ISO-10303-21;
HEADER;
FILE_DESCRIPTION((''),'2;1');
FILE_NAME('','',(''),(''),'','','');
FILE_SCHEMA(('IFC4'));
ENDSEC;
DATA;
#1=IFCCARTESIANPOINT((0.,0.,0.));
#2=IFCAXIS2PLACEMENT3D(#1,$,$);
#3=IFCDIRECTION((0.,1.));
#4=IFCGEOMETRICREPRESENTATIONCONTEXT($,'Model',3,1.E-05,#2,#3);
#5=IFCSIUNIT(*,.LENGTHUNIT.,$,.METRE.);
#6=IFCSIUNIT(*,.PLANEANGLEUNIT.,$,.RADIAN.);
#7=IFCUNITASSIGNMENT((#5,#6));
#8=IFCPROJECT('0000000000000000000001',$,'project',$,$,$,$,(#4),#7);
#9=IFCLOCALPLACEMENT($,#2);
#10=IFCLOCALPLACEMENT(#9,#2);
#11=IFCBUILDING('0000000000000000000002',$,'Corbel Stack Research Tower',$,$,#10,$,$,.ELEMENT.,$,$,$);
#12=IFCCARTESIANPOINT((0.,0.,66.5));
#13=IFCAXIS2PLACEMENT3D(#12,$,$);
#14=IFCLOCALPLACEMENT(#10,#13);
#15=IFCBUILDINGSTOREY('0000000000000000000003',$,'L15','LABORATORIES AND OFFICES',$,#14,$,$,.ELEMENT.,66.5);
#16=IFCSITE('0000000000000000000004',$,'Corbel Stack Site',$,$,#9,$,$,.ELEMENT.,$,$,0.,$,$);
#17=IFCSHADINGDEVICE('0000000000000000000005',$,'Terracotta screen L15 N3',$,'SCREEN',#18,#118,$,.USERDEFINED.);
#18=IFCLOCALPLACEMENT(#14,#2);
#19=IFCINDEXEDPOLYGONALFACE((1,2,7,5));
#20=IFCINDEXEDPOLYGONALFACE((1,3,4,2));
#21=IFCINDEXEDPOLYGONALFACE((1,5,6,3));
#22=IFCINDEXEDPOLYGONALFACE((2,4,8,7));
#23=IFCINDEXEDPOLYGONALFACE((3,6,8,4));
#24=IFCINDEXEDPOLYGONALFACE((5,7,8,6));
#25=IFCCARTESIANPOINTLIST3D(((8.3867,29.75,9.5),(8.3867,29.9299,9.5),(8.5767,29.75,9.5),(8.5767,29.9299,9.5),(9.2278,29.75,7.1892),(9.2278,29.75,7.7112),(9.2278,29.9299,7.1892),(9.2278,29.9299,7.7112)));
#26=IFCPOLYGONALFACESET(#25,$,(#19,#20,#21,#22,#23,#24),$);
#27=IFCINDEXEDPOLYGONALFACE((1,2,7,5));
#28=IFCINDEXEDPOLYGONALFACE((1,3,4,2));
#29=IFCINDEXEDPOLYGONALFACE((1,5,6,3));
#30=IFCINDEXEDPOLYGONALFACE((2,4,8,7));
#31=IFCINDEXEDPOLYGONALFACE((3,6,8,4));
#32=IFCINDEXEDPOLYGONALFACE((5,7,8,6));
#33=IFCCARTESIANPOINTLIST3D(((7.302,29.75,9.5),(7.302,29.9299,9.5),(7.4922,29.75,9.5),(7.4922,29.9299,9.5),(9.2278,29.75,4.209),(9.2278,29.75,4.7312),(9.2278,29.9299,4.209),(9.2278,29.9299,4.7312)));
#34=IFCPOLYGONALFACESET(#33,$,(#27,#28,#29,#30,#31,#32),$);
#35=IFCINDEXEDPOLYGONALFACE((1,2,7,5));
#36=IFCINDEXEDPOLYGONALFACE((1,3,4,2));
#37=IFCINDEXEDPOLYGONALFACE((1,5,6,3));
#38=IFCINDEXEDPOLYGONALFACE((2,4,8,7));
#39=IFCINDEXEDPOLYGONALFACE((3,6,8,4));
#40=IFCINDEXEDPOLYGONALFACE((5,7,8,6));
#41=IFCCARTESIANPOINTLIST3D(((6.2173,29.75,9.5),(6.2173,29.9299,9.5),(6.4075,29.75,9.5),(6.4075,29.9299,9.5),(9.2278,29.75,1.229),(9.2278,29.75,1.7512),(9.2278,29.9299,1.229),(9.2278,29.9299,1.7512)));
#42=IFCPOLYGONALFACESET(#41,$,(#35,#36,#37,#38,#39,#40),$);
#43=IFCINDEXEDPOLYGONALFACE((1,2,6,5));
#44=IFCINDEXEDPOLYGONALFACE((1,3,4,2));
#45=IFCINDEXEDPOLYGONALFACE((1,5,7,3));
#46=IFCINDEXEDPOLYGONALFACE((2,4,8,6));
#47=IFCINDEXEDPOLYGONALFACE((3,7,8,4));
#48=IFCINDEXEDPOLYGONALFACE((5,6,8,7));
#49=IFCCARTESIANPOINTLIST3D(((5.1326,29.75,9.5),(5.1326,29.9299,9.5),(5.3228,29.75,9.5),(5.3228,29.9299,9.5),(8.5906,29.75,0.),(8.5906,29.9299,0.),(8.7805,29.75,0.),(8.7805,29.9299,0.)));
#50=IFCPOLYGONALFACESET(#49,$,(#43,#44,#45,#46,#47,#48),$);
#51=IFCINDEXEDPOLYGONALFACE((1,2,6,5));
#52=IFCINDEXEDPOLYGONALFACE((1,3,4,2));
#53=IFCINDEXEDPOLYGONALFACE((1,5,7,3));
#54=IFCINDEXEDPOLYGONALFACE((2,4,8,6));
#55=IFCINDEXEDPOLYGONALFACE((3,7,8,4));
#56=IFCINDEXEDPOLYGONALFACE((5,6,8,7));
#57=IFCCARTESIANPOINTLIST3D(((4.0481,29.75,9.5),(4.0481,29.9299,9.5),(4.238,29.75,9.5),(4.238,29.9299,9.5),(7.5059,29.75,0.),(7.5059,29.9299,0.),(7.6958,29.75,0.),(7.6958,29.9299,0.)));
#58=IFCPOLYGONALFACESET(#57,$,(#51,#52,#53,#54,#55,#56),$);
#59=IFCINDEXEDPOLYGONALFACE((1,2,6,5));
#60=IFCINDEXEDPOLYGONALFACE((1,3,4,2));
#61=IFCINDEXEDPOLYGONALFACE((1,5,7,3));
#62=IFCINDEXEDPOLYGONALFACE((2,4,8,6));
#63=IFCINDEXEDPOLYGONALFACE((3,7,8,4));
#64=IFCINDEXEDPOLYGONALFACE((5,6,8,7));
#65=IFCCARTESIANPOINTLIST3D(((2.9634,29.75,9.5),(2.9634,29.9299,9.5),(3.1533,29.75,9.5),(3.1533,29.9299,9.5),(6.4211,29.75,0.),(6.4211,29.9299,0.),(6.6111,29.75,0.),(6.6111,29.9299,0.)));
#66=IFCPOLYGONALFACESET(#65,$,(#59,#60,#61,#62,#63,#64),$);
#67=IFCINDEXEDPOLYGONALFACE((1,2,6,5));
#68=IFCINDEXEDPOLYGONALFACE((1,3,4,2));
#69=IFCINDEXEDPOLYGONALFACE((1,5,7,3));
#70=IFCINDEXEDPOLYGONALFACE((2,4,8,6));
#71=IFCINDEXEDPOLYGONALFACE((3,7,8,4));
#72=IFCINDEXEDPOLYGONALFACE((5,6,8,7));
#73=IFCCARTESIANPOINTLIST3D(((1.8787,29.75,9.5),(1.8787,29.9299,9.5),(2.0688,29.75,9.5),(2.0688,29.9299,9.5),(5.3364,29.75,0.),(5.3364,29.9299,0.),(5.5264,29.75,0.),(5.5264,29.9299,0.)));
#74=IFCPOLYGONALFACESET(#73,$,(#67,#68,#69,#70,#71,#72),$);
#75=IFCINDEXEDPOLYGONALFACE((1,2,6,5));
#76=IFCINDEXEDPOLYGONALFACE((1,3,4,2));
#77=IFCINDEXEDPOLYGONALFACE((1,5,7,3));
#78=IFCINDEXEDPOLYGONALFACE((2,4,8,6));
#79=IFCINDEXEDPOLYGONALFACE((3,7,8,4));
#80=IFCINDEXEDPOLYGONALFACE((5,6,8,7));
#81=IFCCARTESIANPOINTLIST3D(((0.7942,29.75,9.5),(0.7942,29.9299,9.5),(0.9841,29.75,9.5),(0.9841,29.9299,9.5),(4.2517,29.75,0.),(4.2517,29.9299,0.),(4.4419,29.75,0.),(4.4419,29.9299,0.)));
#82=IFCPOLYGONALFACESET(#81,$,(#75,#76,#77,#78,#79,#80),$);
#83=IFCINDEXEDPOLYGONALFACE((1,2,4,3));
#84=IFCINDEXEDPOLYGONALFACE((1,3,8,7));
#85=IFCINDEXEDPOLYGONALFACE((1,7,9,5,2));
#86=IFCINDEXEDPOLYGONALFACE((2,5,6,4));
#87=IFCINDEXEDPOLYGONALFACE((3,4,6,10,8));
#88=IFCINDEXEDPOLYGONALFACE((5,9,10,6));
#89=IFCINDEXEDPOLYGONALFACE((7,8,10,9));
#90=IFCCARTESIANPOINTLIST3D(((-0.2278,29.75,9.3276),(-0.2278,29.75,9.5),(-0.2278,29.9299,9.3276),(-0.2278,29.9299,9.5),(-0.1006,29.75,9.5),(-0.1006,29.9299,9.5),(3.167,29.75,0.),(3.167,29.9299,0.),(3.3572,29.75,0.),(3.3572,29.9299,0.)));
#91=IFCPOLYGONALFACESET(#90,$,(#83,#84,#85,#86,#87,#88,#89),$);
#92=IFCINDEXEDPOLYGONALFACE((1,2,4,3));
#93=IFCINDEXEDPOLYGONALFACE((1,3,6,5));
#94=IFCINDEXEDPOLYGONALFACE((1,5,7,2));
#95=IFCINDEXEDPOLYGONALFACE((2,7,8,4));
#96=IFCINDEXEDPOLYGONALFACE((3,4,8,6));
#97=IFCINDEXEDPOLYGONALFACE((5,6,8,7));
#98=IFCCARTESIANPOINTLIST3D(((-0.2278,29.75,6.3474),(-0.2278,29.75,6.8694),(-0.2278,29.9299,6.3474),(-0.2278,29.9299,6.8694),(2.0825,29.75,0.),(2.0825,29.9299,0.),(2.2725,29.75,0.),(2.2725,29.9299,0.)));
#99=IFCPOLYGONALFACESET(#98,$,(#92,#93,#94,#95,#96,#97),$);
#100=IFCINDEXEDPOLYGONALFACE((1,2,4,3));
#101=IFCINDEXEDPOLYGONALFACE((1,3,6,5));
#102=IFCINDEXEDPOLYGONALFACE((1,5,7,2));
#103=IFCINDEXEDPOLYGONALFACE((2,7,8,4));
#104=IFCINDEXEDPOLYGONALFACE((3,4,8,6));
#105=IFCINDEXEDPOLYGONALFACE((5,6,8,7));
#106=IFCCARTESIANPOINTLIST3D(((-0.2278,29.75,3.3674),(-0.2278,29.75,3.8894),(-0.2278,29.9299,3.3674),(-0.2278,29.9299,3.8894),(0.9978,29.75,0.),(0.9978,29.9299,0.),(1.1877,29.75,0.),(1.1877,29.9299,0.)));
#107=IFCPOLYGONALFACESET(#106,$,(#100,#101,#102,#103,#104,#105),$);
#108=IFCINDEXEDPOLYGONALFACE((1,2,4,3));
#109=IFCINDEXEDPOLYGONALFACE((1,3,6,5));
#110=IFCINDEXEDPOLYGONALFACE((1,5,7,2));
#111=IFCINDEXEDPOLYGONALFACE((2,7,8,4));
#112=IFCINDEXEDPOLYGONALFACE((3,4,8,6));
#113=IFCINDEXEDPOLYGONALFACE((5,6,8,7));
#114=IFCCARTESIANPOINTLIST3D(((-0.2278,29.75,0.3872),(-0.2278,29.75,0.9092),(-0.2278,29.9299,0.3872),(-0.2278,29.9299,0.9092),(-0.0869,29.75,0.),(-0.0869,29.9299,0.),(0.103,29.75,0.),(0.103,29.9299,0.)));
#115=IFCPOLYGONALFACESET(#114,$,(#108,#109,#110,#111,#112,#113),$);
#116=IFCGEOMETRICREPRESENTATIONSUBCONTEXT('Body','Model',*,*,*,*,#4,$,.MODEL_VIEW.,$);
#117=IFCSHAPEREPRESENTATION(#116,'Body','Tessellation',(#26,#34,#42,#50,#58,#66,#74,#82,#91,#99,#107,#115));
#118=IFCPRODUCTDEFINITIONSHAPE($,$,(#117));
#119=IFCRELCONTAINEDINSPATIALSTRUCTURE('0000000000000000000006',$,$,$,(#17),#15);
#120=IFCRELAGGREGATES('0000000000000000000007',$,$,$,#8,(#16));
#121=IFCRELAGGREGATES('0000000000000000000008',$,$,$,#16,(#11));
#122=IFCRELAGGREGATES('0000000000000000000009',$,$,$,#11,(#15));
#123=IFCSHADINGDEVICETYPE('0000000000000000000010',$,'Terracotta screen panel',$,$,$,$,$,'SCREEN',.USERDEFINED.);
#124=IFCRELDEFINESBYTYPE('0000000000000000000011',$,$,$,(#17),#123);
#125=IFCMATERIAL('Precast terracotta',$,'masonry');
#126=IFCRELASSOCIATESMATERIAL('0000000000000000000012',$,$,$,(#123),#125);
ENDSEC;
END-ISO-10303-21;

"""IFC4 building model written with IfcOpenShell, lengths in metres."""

from ifc_helpers import new_model, si_unit, direction, frame, origin, place, context, subcontext, project, spatial, polyline, outline, extrude, source, transform, mapped, material, type_object, element, save


model = new_model("IFC4")

# Units and contexts
model_context = context("Model", 3, precision=1e-05, world=origin(), true_north=direction((0.0, 1.0)))
body_context = subcontext(model_context, "Body", "Model", "MODEL_VIEW")
ifc_project = project(units=[si_unit("LENGTHUNIT", "METRE"), si_unit("PLANEANGLEUNIT", "RADIAN")], contexts=[model_context])

# Site, building, storey
site_placement = place(None, origin())
site = spatial("IfcSite", under=ifc_project, at=site_placement, Name="Corbel Stack Site", CompositionType="ELEMENT", RefElevation=0.0)
building_placement = place(site_placement, origin())
building = spatial("IfcBuilding", under=site, at=building_placement, Name="Corbel Stack Research Tower", CompositionType="ELEMENT")
storey_placement = place(building_placement, frame((0.0, 0.0, 66.5)))
storey = spatial("IfcBuildingStorey", under=building, at=storey_placement, Name="L15", Description="LABORATORIES AND OFFICES", CompositionType="ELEMENT", Elevation=66.5)

# Shading device
ifc_material_1 = material(Name="Precast terracotta", Category="masonry")
shading_device_type = type_object("IfcShadingDeviceType", Name="Terracotta screen panel", ElementType="SCREEN", PredefinedType="USERDEFINED", material=ifc_material_1)
shared_shape_1 = source(origin(), body_context, "Body", "SweptSolid", [
    extrude(outline(polyline([(0.8411, 9.5), (0.6511, 9.5), (0.0, 7.7112), (0.0, 7.1892), (0.8411, 9.5)])), frame((0.0, 0.0, 0.0), z_axis=(0.0, -1.0, 0.0), x_axis=(1.0, 0.0, 0.0)), (0.0, 0.0, 1.0), 0.1799),
    extrude(outline(polyline([(1.9258, 9.5), (1.7356, 9.5), (0.0, 4.7312), (0.0, 4.209), (1.9258, 9.5)])), frame((0.0, 0.0, 0.0), z_axis=(0.0, -1.0, 0.0), x_axis=(1.0, 0.0, 0.0)), (0.0, 0.0, 1.0), 0.1799),
    extrude(outline(polyline([(3.0105, 9.5), (2.8203, 9.5), (0.0, 1.7512), (0.0, 1.229), (3.0105, 9.5)])), frame((0.0, 0.0, 0.0), z_axis=(0.0, -1.0, 0.0), x_axis=(1.0, 0.0, 0.0)), (0.0, 0.0, 1.0), 0.1799),
    extrude(outline(polyline([(0.6372, 0.0), (4.0952, 9.5), (3.905, 9.5), (0.4473, 0.0), (0.6372, 0.0)])), frame((0.0, 0.0, 0.0), z_axis=(0.0, -1.0, 0.0), x_axis=(1.0, 0.0, 0.0)), (0.0, 0.0, 1.0), 0.1799),
    extrude(outline(polyline([(1.7219, 0.0), (5.1797, 9.5), (4.9897, 9.5), (1.532, 0.0), (1.7219, 0.0)])), frame((0.0, 0.0, 0.0), z_axis=(0.0, -1.0, 0.0), x_axis=(1.0, 0.0, 0.0)), (0.0, 0.0, 1.0), 0.1799),
    extrude(outline(polyline([(2.8066, 0.0), (6.2644, 9.5), (6.0745, 9.5), (2.6167, 0.0), (2.8066, 0.0)])), frame((0.0, 0.0, 0.0), z_axis=(0.0, -1.0, 0.0), x_axis=(1.0, 0.0, 0.0)), (0.0, 0.0, 1.0), 0.1799),
    extrude(outline(polyline([(3.8914, 0.0), (7.3491, 9.5), (7.1589, 9.5), (3.7014, 0.0), (3.8914, 0.0)])), frame((0.0, 0.0, 0.0), z_axis=(0.0, -1.0, 0.0), x_axis=(1.0, 0.0, 0.0)), (0.0, 0.0, 1.0), 0.1799),
    extrude(outline(polyline([(4.9761, 0.0), (8.4336, 9.5), (8.2437, 9.5), (4.7859, 0.0), (4.9761, 0.0)])), frame((0.0, 0.0, 0.0), z_axis=(0.0, -1.0, 0.0), x_axis=(1.0, 0.0, 0.0)), (0.0, 0.0, 1.0), 0.1799),
    extrude(outline(polyline([(6.0608, 0.0), (9.4556, 9.3276), (9.4556, 9.5), (9.3284, 9.5), (5.8706, 0.0), (6.0608, 0.0)])), frame((0.0, 0.0, 0.0), z_axis=(0.0, -1.0, 0.0), x_axis=(1.0, 0.0, 0.0)), (0.0, 0.0, 1.0), 0.1799),
    extrude(outline(polyline([(7.1453, 0.0), (9.4556, 6.3474), (9.4556, 6.8694), (6.9553, 0.0), (7.1453, 0.0)])), frame((0.0, 0.0, 0.0), z_axis=(0.0, -1.0, 0.0), x_axis=(1.0, 0.0, 0.0)), (0.0, 0.0, 1.0), 0.1799),
    extrude(outline(polyline([(8.23, 0.0), (9.4556, 3.3674), (9.4556, 3.8894), (8.04, 0.0), (8.23, 0.0)])), frame((0.0, 0.0, 0.0), z_axis=(0.0, -1.0, 0.0), x_axis=(1.0, 0.0, 0.0)), (0.0, 0.0, 1.0), 0.1799),
    extrude(outline(polyline([(9.3147, 0.0), (9.4556, 0.3872), (9.4556, 0.9092), (9.1248, 0.0), (9.3147, 0.0)])), frame((0.0, 0.0, 0.0), z_axis=(0.0, -1.0, 0.0), x_axis=(1.0, 0.0, 0.0)), (0.0, 0.0, 1.0), 0.1799),
])
shading_device_1_placement = place(storey_placement, frame((9.2278, 29.75, 0.0), z_axis=(0.0, 0.0, 1.0), x_axis=(-1.0, 0.0, 0.0)))
element("IfcShadingDevice", 1, at=shading_device_1_placement, inside=storey, type_object=shading_device_type, Name="Terracotta screen L15 N3", ObjectType="SCREEN", PredefinedType="USERDEFINED", context=body_context, shape_type="MappedRepresentation", body=[
    mapped(shared_shape_1, transform((0.0, 0.0, 0.0))),
])

save(model, "model.ifc")
